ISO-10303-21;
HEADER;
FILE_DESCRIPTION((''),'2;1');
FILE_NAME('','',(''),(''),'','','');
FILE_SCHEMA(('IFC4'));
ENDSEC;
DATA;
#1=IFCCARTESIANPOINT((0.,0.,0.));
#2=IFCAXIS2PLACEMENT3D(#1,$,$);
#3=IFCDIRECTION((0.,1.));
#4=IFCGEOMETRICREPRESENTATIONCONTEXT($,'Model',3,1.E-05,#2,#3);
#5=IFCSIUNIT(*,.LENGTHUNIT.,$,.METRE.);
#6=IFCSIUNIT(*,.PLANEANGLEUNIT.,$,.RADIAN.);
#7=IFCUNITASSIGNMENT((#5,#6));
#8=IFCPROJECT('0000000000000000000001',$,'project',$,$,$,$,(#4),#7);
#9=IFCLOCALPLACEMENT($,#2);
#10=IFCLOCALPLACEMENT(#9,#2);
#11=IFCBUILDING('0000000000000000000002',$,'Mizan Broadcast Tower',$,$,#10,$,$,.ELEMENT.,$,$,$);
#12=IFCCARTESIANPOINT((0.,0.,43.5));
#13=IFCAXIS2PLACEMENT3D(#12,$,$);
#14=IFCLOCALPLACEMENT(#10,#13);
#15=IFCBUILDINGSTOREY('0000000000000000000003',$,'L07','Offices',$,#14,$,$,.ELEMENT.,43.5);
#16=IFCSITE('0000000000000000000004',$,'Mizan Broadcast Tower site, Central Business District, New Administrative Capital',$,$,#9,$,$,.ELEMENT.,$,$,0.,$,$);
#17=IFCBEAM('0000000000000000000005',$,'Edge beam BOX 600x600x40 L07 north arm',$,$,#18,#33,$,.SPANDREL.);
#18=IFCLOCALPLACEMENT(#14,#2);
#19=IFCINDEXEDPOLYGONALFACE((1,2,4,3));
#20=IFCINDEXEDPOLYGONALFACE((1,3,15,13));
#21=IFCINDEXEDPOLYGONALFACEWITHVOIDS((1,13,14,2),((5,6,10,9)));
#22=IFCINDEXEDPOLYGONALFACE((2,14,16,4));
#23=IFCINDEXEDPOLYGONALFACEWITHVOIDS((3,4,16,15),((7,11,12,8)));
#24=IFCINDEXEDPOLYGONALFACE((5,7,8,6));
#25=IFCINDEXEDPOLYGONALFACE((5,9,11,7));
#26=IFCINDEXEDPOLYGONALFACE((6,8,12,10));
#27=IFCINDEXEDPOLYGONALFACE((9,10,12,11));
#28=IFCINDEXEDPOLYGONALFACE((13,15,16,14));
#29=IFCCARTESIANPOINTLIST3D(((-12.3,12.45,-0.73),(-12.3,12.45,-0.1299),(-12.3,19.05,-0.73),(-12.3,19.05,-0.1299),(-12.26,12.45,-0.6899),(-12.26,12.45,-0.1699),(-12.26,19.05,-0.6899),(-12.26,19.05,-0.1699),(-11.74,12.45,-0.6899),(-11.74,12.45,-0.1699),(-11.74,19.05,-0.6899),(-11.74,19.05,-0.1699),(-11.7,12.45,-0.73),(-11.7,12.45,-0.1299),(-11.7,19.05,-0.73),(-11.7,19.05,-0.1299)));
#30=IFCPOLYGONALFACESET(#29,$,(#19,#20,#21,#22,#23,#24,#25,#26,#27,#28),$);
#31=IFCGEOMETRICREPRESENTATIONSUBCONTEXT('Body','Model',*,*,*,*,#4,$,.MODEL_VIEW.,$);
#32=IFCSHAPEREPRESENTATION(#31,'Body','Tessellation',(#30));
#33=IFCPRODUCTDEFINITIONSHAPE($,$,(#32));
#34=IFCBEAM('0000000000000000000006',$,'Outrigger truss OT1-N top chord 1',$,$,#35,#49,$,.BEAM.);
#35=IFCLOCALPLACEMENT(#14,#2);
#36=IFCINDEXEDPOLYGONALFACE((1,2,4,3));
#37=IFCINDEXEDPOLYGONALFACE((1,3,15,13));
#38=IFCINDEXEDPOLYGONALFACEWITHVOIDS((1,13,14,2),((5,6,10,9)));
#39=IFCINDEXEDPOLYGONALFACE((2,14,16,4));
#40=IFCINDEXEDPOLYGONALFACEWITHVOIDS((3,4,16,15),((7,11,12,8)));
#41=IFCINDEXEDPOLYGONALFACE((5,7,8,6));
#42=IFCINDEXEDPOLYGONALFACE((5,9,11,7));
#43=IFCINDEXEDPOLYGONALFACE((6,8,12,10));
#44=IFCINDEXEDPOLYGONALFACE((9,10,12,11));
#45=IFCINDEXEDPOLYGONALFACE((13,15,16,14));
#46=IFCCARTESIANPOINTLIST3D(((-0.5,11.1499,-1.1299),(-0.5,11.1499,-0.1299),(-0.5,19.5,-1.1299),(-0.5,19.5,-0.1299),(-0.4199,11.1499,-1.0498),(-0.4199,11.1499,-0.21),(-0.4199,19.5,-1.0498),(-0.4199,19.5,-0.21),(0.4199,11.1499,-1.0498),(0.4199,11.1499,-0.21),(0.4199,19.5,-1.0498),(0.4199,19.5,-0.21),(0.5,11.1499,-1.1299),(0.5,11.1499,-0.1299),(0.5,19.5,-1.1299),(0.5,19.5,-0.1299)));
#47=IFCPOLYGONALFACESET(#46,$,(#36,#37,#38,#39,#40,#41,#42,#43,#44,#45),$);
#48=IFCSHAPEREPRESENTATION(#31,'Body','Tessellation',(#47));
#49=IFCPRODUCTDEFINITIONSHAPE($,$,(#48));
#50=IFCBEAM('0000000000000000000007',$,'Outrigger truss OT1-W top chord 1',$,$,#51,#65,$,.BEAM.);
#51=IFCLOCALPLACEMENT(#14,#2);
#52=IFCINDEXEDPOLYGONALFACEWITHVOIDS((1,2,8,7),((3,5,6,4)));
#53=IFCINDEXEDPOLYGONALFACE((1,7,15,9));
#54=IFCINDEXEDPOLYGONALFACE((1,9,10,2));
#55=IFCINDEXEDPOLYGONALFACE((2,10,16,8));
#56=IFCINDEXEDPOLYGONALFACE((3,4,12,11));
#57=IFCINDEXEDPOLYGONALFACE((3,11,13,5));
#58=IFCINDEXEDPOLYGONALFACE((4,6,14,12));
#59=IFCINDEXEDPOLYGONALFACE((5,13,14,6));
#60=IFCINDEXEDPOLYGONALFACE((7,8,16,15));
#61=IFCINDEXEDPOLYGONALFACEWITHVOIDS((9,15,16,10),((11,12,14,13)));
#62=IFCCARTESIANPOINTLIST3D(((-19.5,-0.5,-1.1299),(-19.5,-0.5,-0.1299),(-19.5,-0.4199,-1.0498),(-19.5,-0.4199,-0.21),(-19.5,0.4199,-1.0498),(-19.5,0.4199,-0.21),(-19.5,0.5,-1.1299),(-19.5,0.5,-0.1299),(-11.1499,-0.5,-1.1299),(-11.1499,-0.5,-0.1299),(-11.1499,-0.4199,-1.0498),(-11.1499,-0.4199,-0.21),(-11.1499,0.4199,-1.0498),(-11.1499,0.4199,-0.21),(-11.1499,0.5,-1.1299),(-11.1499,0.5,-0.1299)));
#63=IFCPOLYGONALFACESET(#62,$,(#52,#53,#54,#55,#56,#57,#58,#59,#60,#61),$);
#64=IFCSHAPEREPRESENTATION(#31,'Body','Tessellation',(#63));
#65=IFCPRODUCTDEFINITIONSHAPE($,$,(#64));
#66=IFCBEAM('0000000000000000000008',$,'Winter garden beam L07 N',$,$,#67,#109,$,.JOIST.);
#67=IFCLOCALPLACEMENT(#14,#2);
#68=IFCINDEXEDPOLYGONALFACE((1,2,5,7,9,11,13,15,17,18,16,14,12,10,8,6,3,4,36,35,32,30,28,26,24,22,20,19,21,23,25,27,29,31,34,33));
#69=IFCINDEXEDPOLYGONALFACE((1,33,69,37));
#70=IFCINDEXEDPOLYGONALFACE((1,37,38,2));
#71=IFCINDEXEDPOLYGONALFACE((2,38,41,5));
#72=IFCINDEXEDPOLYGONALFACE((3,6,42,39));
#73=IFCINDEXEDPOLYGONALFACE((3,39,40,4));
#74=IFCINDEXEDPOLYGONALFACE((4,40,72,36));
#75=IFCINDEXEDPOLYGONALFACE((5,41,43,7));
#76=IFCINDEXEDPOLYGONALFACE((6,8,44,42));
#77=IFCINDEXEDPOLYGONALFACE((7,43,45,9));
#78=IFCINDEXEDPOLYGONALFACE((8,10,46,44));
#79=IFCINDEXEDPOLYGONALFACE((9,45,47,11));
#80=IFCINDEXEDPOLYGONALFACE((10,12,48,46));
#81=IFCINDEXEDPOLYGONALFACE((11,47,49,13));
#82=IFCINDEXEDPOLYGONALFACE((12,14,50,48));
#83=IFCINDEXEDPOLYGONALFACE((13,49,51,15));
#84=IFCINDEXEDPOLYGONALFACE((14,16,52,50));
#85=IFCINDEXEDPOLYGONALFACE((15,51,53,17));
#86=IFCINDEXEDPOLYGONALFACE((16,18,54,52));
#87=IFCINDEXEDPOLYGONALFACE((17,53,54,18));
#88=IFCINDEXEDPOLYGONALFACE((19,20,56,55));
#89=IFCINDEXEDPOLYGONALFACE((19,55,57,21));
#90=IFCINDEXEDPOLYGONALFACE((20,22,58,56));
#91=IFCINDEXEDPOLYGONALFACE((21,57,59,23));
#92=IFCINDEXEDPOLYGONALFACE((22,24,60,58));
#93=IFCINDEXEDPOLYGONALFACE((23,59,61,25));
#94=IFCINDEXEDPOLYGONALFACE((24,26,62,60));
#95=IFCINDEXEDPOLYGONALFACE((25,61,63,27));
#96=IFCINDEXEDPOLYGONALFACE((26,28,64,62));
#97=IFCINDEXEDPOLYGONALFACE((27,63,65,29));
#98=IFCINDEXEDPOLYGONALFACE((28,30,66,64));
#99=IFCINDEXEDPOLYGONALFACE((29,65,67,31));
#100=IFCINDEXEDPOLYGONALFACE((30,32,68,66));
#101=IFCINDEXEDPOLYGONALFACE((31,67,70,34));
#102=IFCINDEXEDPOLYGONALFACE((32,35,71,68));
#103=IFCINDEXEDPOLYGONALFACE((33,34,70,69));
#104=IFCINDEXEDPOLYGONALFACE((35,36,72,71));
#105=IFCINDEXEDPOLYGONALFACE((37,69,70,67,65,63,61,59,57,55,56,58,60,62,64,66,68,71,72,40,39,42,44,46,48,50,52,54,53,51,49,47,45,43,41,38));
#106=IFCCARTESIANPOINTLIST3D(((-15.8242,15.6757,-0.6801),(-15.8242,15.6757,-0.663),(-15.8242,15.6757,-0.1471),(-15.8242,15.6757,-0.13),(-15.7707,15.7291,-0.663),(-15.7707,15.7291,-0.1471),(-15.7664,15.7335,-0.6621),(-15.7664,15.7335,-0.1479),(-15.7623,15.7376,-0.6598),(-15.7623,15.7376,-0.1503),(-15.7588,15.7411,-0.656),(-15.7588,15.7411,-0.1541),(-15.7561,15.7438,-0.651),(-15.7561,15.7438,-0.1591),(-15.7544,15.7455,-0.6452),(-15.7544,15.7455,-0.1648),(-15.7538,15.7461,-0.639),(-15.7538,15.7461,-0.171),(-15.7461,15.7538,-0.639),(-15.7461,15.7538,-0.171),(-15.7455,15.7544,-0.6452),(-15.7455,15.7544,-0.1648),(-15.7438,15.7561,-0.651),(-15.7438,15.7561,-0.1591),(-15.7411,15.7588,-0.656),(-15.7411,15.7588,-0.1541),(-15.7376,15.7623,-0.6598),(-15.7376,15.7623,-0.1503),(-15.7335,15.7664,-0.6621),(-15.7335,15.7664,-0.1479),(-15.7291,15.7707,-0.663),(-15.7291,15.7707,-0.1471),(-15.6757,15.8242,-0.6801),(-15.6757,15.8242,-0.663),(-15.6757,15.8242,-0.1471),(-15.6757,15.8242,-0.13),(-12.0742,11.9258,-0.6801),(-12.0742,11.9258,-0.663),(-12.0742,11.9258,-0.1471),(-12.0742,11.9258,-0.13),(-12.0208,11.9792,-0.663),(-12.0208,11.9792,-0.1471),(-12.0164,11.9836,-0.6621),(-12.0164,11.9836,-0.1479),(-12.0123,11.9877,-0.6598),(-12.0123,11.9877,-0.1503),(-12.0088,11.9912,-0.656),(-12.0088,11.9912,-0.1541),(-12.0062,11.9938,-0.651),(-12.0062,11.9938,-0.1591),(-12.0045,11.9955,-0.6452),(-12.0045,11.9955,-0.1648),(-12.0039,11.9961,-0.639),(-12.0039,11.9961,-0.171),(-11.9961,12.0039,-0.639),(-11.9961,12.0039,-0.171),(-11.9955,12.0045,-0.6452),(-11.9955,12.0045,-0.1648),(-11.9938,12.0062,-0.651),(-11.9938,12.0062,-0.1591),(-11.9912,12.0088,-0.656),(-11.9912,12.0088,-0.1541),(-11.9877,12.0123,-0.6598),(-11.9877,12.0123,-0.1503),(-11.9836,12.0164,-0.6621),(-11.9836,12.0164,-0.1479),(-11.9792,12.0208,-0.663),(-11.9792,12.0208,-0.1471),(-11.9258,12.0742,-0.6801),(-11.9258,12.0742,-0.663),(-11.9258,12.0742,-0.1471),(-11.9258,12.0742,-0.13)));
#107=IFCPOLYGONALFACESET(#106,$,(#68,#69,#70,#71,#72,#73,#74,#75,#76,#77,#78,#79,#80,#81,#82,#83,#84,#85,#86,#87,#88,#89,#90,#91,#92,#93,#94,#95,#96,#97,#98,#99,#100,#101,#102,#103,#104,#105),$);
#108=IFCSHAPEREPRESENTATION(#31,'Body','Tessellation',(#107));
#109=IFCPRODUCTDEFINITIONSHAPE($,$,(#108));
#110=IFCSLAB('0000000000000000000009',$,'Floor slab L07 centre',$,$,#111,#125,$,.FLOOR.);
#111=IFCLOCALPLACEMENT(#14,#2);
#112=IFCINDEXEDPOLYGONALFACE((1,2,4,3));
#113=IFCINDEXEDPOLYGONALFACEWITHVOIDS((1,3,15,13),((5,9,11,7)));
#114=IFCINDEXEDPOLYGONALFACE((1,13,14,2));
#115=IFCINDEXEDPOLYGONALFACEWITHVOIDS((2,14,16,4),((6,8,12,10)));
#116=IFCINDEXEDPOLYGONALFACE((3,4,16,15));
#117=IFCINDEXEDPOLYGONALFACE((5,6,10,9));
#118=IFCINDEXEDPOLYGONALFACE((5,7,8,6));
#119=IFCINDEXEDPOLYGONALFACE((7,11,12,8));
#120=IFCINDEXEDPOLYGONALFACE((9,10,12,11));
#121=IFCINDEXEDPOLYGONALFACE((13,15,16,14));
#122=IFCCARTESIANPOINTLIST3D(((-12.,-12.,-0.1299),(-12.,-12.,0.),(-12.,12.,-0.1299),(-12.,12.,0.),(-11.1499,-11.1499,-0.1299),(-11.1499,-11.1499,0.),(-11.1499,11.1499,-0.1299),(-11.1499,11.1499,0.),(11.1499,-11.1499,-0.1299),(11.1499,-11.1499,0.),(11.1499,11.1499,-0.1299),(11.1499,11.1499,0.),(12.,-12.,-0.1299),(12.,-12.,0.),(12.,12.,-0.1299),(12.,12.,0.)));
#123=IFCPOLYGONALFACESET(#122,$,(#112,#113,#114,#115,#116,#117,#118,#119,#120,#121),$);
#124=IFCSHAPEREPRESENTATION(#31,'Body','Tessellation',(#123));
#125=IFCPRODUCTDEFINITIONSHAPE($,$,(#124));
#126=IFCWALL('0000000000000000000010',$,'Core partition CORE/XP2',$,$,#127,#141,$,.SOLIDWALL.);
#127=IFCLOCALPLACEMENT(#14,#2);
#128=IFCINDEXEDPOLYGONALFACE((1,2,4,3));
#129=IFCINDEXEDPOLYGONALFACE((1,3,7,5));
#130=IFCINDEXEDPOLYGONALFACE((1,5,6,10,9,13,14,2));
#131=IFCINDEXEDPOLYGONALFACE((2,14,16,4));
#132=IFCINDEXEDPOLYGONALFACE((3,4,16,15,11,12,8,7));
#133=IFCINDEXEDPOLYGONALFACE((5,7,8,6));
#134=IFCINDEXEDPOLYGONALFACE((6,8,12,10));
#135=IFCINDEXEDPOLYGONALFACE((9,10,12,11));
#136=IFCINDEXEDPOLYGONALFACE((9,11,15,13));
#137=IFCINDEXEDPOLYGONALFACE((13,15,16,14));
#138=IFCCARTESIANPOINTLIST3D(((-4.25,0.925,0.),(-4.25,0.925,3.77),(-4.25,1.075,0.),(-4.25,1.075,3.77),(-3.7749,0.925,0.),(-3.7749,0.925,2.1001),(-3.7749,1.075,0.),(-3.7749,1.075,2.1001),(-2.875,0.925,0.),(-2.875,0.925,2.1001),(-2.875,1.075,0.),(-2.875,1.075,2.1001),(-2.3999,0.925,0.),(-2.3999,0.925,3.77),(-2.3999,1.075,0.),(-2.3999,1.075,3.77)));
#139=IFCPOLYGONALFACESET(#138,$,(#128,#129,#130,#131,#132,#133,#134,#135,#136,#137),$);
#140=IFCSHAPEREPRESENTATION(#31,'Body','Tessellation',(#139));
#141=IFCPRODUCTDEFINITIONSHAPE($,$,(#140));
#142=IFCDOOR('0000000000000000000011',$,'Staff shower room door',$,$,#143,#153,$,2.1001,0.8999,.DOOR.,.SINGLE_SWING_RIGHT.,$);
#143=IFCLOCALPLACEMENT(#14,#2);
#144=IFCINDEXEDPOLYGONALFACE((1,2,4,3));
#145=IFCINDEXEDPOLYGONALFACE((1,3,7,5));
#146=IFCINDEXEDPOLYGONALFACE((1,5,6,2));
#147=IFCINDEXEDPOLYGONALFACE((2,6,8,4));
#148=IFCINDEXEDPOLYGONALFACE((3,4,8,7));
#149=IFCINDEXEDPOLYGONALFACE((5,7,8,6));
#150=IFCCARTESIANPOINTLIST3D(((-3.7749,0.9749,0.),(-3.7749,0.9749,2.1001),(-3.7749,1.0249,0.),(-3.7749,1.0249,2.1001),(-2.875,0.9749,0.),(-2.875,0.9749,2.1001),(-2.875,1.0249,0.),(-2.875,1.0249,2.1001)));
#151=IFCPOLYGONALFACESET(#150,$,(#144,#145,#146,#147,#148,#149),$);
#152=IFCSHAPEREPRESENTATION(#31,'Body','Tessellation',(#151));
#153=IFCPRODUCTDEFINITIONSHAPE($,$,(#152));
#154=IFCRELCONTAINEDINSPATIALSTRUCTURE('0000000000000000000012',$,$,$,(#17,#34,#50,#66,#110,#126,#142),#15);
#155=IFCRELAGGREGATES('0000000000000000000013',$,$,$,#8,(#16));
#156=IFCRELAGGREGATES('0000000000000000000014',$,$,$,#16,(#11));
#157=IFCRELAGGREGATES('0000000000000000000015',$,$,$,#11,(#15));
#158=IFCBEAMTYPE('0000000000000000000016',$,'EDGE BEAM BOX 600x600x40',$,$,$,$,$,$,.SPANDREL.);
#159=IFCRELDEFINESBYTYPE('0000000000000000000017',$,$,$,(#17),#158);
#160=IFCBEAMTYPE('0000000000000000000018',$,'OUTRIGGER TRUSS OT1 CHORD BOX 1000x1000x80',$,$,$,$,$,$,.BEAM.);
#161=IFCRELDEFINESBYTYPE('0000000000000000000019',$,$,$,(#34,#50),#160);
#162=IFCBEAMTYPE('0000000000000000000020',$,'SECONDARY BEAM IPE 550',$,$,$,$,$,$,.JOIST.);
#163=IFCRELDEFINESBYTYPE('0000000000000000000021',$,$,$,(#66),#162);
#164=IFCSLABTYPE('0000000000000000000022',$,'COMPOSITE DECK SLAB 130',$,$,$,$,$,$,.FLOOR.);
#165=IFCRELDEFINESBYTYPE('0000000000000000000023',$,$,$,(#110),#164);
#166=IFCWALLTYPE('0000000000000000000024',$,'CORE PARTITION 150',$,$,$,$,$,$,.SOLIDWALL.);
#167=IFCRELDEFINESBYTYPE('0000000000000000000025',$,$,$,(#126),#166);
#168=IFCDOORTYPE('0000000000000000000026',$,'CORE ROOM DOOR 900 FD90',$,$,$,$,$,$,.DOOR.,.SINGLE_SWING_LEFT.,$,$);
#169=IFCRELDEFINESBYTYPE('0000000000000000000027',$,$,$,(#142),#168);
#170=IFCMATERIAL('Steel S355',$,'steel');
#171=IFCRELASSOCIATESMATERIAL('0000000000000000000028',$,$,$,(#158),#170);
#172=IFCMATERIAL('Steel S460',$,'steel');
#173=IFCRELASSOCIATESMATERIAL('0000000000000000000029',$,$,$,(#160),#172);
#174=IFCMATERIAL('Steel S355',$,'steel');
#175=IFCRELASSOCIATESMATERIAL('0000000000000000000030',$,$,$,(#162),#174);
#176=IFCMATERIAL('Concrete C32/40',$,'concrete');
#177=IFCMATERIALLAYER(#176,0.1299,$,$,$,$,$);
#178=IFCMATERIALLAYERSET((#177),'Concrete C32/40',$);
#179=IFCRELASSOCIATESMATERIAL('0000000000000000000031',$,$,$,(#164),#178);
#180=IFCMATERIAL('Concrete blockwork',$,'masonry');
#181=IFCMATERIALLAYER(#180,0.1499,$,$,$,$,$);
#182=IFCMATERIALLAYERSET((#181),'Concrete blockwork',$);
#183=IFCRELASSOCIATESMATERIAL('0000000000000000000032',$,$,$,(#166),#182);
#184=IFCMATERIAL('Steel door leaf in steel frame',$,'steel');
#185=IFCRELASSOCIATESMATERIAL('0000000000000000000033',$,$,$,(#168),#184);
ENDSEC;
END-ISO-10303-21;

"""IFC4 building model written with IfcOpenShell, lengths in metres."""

from ifc_helpers import new_model, si_unit, direction, frame, frame_2d, origin, origin_2d, place, context, subcontext, project, spatial, polyline, rectangle, hollow_rectangle, i_section, outline, extrude, material, layer, layer_set, material_profile, profile_set, type_object, element, fill, save


model = new_model("IFC4")

# Units and contexts
model_context = context("Model", 3, precision=1e-05, world=origin(), true_north=direction((0.0, 1.0)))
body_context = subcontext(model_context, "Body", "Model", "MODEL_VIEW")
ifc_project = project(units=[si_unit("LENGTHUNIT", "METRE"), si_unit("PLANEANGLEUNIT", "RADIAN")], contexts=[model_context])

# Site, building, storey
site_placement = place(None, origin())
site = spatial("IfcSite", under=ifc_project, at=site_placement, Name="Mizan Broadcast Tower site, Central Business District, New Administrative Capital", CompositionType="ELEMENT", RefElevation=0.0)
building_placement = place(site_placement, origin())
building = spatial("IfcBuilding", under=site, at=building_placement, Name="Mizan Broadcast Tower", CompositionType="ELEMENT")
storey_placement = place(building_placement, frame((0.0, 0.0, 43.5)))
storey = spatial("IfcBuildingStorey", under=building, at=storey_placement, Name="L07", Description="Offices", CompositionType="ELEMENT", Elevation=43.5)

# Beams
ifc_material_1 = material(Name="Steel S355", Category="steel")
ifc_material_profile_1 = material_profile(ifc_material_1, hollow_rectangle(XDim=0.6001, YDim=0.6001, WallThickness=0.04, at=origin_2d()), Name="BOX 600x600x40")
ifc_profile_set_1 = profile_set([ifc_material_profile_1], Name="Steel S355")
beam_type_1 = type_object("IfcBeamType", Name="EDGE BEAM BOX 600x600x40", PredefinedType="SPANDREL", material=ifc_profile_set_1)
beam_1_placement = place(storey_placement, frame((-12.0, 12.45, -0.4299), z_axis=(0.0, 1.0, 0.0), x_axis=(-1.0, 0.0, 0.0)))
element("IfcBeam", 1, at=beam_1_placement, inside=storey, type_object=beam_type_1, Name="Edge beam BOX 600x600x40 L07 north arm", PredefinedType="SPANDREL", context=body_context, shape_type="SweptSolid", body=[
    extrude(hollow_rectangle(XDim=0.6001, YDim=0.6001, WallThickness=0.04, at=origin_2d()), origin(), (0.0, 0.0, 1.0), 6.6001),
])
ifc_material_2 = material(Name="Steel S460", Category="steel")
ifc_material_profile_2 = material_profile(ifc_material_2, hollow_rectangle(XDim=1.0, YDim=1.0, WallThickness=0.0801, at=origin_2d()), Name="BOX 1000x1000x80")
ifc_profile_set_2 = profile_set([ifc_material_profile_2], Name="Steel S460")
beam_type_2 = type_object("IfcBeamType", Name="OUTRIGGER TRUSS OT1 CHORD BOX 1000x1000x80", PredefinedType="BEAM", material=ifc_profile_set_2)
for number, where, z_axis, x_axis, name in (
    (2, (0.0, 11.1499, -0.6299), (0.0, 1.0, 0.0), (-1.0, 0.0, 0.0), "Outrigger truss OT1-N top chord 1"),
    (3, (-11.1499, 0.0, -0.6299), (-1.0, 0.0, 0.0), (0.0, -1.0, 0.0), "Outrigger truss OT1-W top chord 1"),
):
    element("IfcBeam", number, at=place(storey_placement, frame(where, z_axis=z_axis, x_axis=x_axis)), inside=storey, type_object=beam_type_2, Name=name, PredefinedType="BEAM", context=body_context, shape_type="SweptSolid", body=[
        extrude(hollow_rectangle(XDim=1.0, YDim=1.0, WallThickness=0.0801, at=origin_2d()), origin(), (0.0, 0.0, 1.0), 8.3501),
    ])
ifc_material_3 = material(Name="Steel S355", Category="steel")
ifc_material_profile_3 = material_profile(ifc_material_3, i_section(OverallWidth=0.21, OverallDepth=0.55, WebThickness=0.011, FlangeThickness=0.0171, FilletRadius=0.0239, at=origin_2d()), Name="IPE 550")
ifc_profile_set_3 = profile_set([ifc_material_profile_3], Name="Steel S355")
beam_type_3 = type_object("IfcBeamType", Name="SECONDARY BEAM IPE 550", PredefinedType="JOIST", material=ifc_profile_set_3)
beam_2_placement = place(storey_placement, frame((-12.0, 12.0, -0.405), z_axis=(-0.707107, 0.707107, 0.0), x_axis=(-0.707107, -0.707107, 0.0)))
element("IfcBeam", 4, at=beam_2_placement, inside=storey, type_object=beam_type_3, Name="Winter garden beam L07 N", PredefinedType="JOIST", context=body_context, shape_type="SweptSolid", body=[
    extrude(i_section(OverallWidth=0.21, OverallDepth=0.55, WebThickness=0.011, FlangeThickness=0.0171, FilletRadius=0.0239, at=origin_2d()), origin(), (0.0, 0.0, 1.0), 5.3032),
])

# Slab
ifc_material_4 = material(Name="Concrete C32/40", Category="concrete")
ifc_layer_1 = layer(ifc_material_4, 0.1299)
ifc_layer_set_1 = layer_set([ifc_layer_1], Name="Concrete C32/40")
slab_type = type_object("IfcSlabType", Name="COMPOSITE DECK SLAB 130", PredefinedType="FLOOR", material=ifc_layer_set_1)
slab_placement = place(storey_placement, frame((0.0, 0.0, -0.1299)))
element("IfcSlab", 5, at=slab_placement, inside=storey, type_object=slab_type, Name="Floor slab L07 centre", PredefinedType="FLOOR", context=body_context, shape_type="SweptSolid", body=[
    extrude(outline(polyline([(-12.0, -12.0), (12.0, -12.0), (12.0, 12.0), (-12.0, 12.0), (-12.0, -12.0)]), holes=[polyline([(-11.1499, 11.1499), (11.1499, 11.1499), (11.1499, -11.1499), (-11.1499, -11.1499), (-11.1499, 11.1499)])]), origin(), (0.0, 0.0, 1.0), 0.1299),
])

# Wall, opening, door
ifc_material_5 = material(Name="Concrete blockwork", Category="masonry")
ifc_layer_2 = layer(ifc_material_5, 0.1499)
ifc_layer_set_2 = layer_set([ifc_layer_2], Name="Concrete blockwork")
wall_type_1 = type_object("IfcWallType", Name="CORE PARTITION 150", PredefinedType="SOLIDWALL", material=ifc_layer_set_2)
wall_1_placement = place(storey_placement, frame((-4.25, 1.0, 0.0), z_axis=(0.0, 0.0, 1.0), x_axis=(1.0, 0.0, 0.0)))
wall_1 = element("IfcWall", 6, at=wall_1_placement, inside=storey, type_object=wall_type_1, Name="Core partition CORE/XP2", PredefinedType="SOLIDWALL", context=body_context, shape_type="SweptSolid", body=[
    extrude(rectangle(XDim=1.8501, YDim=0.1499, at=frame_2d((0.925, 0.0))), origin(), (0.0, 0.0, 1.0), 3.77),
])
opening_1_placement = place(wall_1_placement, frame((0.4751, 0.0, 0.0)))
opening_1 = element("IfcOpeningElement", 7, at=opening_1_placement, cuts=wall_1, PredefinedType="OPENING", context=body_context, shape_type="SweptSolid", body=[
    extrude(rectangle(XDim=0.8999, YDim=2.1001, at=frame_2d((0.45, 1.05))), frame((0.0, 0.085, 0.0), z_axis=(0.0, -1.0, 0.0), x_axis=(1.0, 0.0, 0.0)), (0.0, 0.0, 1.0), 0.1699),
])
ifc_material_6 = material(Name="Steel door leaf in steel frame", Category="steel")
door_type_1 = type_object("IfcDoorType", Name="CORE ROOM DOOR 900 FD90", OperationType="SINGLE_SWING_LEFT", PredefinedType="DOOR", material=ifc_material_6)
door_1_placement = place(opening_1_placement, origin())
door_1 = element("IfcDoor", 8, at=door_1_placement, inside=storey, type_object=door_type_1, Name="Staff shower room door", OperationType="SINGLE_SWING_RIGHT", OverallHeight=2.1001, OverallWidth=0.8999, PredefinedType="DOOR", context=body_context, shape_type="SweptSolid", body=[
    extrude(rectangle(XDim=0.8999, YDim=2.1001, at=frame_2d((0.45, 1.05))), frame((0.0, 0.0249, 0.0), z_axis=(0.0, -1.0, 0.0), x_axis=(1.0, 0.0, 0.0)), (0.0, 0.0, 1.0), 0.05),
])
fill(opening_1, door_1)

save(model, "model.ifc")
